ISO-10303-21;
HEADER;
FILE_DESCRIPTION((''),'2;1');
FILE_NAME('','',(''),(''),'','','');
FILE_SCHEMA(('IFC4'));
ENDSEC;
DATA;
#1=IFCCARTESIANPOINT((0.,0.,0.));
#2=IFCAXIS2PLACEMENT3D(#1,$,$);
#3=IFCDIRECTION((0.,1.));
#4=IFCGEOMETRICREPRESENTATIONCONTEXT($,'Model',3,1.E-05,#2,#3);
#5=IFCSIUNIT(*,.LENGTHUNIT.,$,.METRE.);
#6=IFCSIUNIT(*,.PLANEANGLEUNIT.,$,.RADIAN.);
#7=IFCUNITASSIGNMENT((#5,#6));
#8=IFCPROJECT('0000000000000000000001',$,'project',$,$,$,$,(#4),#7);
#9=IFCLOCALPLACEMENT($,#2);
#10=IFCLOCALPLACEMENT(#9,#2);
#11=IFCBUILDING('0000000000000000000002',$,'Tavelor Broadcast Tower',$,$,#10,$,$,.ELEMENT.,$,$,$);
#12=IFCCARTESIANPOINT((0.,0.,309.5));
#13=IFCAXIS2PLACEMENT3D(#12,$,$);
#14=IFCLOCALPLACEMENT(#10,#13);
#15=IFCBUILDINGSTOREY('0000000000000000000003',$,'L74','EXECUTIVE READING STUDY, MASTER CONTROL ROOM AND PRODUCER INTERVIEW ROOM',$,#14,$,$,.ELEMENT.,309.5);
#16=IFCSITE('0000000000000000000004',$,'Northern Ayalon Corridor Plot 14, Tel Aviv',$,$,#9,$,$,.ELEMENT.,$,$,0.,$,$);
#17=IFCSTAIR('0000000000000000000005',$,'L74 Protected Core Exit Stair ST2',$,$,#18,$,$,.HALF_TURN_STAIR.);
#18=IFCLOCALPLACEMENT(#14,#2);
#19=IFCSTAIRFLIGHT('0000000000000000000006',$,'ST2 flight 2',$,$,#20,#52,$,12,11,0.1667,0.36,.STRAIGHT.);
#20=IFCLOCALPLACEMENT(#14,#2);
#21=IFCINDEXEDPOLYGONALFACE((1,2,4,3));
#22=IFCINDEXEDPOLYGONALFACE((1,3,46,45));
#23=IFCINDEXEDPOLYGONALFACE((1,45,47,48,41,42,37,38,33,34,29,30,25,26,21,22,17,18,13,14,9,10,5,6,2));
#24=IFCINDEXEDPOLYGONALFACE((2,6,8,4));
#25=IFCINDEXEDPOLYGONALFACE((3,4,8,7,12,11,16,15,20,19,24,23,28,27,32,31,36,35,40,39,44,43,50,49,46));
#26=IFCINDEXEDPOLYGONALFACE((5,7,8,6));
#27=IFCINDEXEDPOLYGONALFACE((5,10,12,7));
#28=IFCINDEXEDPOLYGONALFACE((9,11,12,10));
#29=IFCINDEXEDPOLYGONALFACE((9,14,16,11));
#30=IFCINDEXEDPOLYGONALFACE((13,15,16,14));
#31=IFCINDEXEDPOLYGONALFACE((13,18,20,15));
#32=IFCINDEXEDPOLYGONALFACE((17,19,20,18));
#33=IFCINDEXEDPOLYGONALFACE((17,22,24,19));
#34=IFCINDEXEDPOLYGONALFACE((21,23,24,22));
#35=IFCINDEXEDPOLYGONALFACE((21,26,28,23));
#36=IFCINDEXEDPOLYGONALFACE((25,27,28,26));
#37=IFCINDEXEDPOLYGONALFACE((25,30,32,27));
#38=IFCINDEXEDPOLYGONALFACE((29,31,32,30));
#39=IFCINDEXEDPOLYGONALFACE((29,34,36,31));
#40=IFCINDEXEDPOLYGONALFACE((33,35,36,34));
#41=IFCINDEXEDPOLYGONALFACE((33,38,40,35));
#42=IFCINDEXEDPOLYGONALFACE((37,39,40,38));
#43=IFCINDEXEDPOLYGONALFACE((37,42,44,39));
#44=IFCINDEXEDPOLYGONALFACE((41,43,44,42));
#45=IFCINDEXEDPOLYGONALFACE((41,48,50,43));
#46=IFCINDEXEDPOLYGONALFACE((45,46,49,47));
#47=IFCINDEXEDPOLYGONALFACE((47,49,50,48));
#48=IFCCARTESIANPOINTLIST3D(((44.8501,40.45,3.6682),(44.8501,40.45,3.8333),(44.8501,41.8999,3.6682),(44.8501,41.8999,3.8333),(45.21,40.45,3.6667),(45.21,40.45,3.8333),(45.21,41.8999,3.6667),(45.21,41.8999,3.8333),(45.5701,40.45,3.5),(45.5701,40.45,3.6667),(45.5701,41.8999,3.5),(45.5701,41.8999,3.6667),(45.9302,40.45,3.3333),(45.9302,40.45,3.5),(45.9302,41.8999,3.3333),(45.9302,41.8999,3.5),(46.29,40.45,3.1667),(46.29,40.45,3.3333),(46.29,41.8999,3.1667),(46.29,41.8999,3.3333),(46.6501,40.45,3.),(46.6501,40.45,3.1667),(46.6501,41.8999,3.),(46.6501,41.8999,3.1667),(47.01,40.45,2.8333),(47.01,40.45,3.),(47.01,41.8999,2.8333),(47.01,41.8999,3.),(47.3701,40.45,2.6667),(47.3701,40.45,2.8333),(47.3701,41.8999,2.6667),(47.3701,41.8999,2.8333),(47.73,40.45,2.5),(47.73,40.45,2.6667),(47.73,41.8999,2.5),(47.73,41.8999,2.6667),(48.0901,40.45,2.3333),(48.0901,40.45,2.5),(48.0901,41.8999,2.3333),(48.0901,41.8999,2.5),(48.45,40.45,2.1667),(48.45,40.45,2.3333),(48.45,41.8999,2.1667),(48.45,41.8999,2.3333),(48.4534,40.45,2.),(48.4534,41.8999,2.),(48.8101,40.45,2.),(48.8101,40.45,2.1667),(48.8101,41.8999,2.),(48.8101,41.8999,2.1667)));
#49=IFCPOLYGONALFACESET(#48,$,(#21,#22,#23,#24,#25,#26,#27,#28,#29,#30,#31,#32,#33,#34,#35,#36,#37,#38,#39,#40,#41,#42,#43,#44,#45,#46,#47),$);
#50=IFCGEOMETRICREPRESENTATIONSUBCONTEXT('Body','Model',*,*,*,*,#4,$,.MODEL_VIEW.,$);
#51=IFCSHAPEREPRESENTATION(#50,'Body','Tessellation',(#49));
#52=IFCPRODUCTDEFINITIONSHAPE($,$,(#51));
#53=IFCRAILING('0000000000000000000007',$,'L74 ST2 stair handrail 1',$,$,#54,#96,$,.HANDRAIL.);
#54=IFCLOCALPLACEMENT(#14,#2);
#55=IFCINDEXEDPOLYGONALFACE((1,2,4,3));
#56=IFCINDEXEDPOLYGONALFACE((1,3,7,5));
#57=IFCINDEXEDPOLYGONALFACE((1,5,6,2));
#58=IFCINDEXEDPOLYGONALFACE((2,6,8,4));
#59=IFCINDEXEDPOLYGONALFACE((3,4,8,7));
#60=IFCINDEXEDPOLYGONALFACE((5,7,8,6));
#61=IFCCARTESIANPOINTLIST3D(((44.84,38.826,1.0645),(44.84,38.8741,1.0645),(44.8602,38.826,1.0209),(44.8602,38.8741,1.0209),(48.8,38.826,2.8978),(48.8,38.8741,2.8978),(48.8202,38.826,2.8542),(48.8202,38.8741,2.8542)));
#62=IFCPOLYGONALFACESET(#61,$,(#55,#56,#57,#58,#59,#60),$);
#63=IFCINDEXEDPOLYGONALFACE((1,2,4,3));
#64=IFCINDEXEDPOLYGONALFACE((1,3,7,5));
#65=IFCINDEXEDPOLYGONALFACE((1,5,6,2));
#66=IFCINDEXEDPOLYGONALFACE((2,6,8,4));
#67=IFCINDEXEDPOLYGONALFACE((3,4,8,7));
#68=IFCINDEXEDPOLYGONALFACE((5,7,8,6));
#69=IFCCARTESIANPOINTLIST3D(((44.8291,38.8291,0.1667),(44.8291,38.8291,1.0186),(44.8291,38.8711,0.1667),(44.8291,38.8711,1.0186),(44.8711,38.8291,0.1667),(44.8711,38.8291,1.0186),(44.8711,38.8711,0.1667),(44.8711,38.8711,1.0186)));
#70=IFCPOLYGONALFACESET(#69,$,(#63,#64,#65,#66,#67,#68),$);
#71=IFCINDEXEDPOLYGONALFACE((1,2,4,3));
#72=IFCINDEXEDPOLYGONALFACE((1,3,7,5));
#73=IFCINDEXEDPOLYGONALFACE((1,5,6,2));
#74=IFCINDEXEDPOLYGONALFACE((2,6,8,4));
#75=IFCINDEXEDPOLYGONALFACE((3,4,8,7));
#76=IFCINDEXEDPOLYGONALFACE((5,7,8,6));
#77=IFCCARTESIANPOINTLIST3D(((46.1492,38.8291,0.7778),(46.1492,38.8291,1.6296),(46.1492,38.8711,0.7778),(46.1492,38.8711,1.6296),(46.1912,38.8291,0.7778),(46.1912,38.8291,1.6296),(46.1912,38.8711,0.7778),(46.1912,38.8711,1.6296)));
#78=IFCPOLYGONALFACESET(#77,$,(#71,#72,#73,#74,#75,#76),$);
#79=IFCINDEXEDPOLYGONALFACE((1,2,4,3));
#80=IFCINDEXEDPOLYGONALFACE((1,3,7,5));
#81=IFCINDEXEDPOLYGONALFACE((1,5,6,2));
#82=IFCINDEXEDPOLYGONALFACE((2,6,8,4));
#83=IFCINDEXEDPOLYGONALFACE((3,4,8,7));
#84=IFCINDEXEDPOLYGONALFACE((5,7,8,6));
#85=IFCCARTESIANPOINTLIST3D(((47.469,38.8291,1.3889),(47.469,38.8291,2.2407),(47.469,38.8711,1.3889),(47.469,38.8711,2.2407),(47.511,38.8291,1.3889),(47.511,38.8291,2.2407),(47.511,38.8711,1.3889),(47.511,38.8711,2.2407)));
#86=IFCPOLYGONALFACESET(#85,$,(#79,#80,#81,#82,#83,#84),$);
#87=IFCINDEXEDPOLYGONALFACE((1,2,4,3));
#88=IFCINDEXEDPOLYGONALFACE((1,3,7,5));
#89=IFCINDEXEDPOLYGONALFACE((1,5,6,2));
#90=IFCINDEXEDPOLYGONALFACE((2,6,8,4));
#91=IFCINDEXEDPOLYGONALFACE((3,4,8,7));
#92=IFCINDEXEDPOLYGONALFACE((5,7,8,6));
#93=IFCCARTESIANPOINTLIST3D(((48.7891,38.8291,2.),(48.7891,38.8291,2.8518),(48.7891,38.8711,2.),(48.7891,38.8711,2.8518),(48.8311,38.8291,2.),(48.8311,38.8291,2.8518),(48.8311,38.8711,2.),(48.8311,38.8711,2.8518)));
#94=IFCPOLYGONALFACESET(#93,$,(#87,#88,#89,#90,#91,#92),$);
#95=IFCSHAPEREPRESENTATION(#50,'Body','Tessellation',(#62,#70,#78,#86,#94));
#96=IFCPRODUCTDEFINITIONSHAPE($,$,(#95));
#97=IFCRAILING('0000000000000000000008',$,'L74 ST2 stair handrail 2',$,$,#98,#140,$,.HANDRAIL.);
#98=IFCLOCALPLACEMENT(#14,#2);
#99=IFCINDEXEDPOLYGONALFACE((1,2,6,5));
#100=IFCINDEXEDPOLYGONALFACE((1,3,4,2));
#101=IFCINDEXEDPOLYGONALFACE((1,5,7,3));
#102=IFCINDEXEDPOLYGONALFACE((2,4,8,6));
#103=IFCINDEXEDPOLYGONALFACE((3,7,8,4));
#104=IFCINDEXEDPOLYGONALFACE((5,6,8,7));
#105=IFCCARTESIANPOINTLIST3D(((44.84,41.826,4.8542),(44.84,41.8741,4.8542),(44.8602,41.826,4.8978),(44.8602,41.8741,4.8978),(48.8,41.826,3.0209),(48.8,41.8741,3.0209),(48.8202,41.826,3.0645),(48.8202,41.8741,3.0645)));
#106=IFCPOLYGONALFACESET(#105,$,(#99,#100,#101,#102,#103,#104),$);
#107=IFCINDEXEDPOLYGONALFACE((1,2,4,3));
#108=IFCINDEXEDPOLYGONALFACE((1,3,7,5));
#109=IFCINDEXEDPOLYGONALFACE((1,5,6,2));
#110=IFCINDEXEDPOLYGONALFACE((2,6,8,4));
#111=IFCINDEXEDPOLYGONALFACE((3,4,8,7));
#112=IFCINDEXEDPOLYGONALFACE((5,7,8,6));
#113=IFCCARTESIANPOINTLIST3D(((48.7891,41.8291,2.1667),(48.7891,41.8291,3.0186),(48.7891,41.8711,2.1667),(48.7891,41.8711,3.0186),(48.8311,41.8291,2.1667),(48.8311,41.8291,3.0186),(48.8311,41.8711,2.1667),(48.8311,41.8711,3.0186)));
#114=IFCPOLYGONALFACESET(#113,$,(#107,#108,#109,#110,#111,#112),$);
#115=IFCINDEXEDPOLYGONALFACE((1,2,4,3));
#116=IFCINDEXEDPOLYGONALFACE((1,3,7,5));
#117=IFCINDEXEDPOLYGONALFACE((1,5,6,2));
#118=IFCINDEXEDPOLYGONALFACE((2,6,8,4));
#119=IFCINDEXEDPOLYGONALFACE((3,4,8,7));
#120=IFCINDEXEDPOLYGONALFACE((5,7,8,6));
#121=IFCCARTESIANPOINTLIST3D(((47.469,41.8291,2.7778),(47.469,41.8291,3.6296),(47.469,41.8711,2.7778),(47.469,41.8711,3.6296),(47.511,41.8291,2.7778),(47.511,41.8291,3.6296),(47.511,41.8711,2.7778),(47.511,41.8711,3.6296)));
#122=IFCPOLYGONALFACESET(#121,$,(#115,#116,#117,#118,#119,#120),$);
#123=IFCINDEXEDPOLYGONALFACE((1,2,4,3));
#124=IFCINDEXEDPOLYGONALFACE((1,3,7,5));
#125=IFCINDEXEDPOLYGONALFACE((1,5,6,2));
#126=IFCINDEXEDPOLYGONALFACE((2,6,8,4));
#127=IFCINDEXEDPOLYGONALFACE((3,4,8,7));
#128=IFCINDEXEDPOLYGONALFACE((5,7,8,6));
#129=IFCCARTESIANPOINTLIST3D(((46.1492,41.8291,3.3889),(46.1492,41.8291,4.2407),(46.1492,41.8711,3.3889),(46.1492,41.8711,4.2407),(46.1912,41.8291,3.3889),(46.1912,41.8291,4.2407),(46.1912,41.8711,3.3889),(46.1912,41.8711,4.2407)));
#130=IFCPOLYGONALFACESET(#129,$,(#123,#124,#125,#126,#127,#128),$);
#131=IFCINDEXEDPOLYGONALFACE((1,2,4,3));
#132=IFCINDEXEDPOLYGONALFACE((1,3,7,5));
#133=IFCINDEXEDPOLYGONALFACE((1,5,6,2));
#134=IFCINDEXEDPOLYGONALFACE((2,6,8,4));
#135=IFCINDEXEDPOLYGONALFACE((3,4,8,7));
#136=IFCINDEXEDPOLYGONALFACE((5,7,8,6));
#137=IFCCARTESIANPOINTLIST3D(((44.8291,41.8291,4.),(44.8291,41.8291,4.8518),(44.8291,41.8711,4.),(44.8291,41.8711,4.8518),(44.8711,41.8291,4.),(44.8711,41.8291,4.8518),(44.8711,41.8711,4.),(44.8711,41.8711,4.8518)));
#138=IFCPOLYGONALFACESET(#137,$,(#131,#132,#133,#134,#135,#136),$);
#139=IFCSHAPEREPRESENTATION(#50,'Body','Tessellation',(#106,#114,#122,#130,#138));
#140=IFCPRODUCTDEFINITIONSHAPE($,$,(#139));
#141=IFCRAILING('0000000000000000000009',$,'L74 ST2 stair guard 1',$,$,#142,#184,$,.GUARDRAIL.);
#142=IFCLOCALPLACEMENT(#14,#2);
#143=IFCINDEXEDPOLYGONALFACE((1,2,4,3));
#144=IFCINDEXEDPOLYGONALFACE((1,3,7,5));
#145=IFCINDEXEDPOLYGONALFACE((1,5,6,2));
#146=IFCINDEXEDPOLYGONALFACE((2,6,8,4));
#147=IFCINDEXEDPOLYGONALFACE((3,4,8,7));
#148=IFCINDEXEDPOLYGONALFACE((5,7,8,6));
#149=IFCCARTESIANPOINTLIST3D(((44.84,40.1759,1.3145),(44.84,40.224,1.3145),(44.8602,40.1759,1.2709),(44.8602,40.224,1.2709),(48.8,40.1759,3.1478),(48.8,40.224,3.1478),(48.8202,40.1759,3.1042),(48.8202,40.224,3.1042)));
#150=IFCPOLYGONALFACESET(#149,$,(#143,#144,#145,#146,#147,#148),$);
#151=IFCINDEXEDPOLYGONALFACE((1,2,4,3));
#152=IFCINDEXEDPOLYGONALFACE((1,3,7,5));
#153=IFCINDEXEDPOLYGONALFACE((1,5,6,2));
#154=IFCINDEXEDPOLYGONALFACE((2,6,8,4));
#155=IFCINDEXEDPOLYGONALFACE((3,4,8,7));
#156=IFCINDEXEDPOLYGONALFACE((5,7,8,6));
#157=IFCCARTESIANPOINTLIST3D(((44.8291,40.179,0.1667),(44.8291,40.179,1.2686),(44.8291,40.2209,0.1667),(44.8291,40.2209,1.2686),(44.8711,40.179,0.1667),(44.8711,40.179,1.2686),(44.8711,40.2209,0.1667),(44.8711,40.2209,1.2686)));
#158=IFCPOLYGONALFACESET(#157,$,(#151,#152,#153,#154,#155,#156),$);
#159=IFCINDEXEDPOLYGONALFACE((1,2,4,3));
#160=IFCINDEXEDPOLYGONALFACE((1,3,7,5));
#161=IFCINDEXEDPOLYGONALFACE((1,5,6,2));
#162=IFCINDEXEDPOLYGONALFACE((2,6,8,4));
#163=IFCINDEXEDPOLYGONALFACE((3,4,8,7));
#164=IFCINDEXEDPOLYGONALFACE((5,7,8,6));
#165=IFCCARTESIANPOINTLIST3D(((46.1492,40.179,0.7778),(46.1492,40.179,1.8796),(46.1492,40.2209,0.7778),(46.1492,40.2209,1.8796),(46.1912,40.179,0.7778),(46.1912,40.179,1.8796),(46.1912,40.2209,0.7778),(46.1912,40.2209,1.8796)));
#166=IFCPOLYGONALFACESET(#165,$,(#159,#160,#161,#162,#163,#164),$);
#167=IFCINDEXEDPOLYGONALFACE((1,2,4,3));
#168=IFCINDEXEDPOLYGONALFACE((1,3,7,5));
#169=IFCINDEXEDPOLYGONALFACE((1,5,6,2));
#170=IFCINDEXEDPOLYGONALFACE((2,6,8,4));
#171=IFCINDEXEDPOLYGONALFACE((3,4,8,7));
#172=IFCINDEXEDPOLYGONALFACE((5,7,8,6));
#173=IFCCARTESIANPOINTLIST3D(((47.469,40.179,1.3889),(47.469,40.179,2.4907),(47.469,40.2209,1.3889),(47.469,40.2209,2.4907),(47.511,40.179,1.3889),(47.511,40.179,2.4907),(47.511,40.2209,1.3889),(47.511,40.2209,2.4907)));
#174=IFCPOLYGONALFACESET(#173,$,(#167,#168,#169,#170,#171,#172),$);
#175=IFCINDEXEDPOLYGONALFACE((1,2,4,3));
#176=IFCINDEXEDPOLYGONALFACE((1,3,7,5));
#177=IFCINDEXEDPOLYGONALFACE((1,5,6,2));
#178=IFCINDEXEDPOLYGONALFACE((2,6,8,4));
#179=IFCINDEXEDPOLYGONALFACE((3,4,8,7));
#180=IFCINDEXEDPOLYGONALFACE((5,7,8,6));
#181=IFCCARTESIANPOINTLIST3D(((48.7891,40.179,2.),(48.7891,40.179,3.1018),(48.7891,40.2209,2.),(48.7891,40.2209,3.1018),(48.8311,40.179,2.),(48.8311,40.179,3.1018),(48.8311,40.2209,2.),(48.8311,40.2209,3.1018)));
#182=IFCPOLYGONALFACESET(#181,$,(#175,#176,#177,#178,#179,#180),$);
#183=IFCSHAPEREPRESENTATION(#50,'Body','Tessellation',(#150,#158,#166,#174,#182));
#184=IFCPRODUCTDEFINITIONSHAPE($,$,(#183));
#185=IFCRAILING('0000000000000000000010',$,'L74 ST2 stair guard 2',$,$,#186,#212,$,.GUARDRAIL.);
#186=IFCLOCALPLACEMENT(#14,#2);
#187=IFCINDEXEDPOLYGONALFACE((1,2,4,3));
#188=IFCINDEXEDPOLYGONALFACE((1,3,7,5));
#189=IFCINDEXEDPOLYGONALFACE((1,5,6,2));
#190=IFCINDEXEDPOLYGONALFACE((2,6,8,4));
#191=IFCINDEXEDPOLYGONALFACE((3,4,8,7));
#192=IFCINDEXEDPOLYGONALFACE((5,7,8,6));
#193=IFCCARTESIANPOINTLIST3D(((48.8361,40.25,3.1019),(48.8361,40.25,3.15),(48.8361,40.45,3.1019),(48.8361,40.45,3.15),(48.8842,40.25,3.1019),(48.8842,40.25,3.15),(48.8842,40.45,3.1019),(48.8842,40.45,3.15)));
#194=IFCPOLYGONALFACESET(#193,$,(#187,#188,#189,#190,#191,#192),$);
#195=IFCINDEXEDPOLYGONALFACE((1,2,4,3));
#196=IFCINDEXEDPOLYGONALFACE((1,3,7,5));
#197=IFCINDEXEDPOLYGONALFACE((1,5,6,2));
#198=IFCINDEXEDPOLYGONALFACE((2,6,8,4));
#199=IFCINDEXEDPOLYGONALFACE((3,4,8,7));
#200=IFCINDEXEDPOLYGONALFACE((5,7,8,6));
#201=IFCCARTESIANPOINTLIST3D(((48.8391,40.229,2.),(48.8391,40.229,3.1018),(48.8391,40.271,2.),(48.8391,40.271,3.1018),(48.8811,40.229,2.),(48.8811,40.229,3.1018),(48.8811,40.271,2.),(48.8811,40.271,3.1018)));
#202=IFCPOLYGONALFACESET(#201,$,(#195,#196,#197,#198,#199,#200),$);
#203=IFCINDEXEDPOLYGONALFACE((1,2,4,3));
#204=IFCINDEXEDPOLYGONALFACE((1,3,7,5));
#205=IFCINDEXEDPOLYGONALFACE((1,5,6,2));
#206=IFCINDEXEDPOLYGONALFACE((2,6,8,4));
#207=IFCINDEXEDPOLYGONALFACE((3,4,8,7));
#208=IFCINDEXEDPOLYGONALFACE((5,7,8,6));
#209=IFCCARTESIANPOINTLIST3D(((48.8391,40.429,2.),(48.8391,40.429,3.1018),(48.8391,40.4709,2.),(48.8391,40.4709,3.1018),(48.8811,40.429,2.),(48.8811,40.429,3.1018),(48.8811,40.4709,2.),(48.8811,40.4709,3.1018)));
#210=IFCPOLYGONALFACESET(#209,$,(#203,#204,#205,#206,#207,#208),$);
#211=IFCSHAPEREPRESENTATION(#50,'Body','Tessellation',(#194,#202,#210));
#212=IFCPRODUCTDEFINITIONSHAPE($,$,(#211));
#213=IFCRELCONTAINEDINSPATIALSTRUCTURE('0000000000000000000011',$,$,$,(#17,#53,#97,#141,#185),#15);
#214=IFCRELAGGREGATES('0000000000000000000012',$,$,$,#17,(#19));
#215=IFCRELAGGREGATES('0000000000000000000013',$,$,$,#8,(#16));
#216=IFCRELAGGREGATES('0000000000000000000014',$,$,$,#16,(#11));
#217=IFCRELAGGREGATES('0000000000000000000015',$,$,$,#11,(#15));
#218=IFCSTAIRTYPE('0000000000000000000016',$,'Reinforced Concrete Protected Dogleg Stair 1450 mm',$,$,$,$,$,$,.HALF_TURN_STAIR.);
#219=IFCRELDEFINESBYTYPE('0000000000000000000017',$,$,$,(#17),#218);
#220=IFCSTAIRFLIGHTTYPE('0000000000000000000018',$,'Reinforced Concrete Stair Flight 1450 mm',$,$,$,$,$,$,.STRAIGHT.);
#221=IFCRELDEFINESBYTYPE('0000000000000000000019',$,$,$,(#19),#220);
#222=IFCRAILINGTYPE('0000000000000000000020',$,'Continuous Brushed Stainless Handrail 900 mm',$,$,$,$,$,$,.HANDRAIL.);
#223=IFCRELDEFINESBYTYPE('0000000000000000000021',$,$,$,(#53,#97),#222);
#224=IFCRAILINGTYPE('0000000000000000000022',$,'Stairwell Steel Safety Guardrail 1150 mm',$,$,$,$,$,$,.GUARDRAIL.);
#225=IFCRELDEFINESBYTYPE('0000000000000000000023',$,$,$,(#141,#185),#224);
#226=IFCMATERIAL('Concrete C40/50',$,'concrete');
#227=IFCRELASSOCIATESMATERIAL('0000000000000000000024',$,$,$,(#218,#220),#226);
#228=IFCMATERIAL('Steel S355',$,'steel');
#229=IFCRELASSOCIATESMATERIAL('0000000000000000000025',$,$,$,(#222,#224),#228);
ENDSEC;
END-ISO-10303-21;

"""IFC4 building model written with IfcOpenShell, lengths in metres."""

from ifc_helpers import new_model, si_unit, direction, frame, origin, origin_2d, place, context, subcontext, project, spatial, polyline, rectangle, outline, extrude, material, type_object, element, aggregate, save


model = new_model("IFC4")

# Units and contexts
model_context = context("Model", 3, precision=1e-05, world=origin(), true_north=direction((0.0, 1.0)))
body_context = subcontext(model_context, "Body", "Model", "MODEL_VIEW")
ifc_project = project(units=[si_unit("LENGTHUNIT", "METRE"), si_unit("PLANEANGLEUNIT", "RADIAN")], contexts=[model_context])

# Site, building, storey
site_placement = place(None, origin())
site = spatial("IfcSite", under=ifc_project, at=site_placement, Name="Northern Ayalon Corridor Plot 14, Tel Aviv", CompositionType="ELEMENT", RefElevation=0.0)
building_placement = place(site_placement, origin())
building = spatial("IfcBuilding", under=site, at=building_placement, Name="Tavelor Broadcast Tower", CompositionType="ELEMENT")
storey_placement = place(building_placement, frame((0.0, 0.0, 309.5)))
storey = spatial("IfcBuildingStorey", under=building, at=storey_placement, Name="L74", Description="EXECUTIVE READING STUDY, MASTER CONTROL ROOM AND PRODUCER INTERVIEW ROOM", CompositionType="ELEMENT", Elevation=309.5)

# Shared definitions
ifc_material_1 = material(Name="Concrete C40/50", Category="concrete")
ifc_material_2 = material(Name="Steel S355", Category="steel")

# Stair, stair flight
stair_type = type_object("IfcStairType", Name="Reinforced Concrete Protected Dogleg Stair 1450 mm", PredefinedType="HALF_TURN_STAIR", material=ifc_material_1)
stair_placement = place(storey_placement, origin())
stair = element("IfcStair", 1, at=stair_placement, inside=storey, type_object=stair_type, Name="L74 Protected Core Exit Stair ST2", PredefinedType="HALF_TURN_STAIR")
stair_flight_type = type_object("IfcStairFlightType", Name="Reinforced Concrete Stair Flight 1450 mm", PredefinedType="STRAIGHT", material=ifc_material_1)
stair_flight_1_placement = place(storey_placement, frame((48.8101, 41.175, 2.0), z_axis=(0.0, 0.0, 1.0), x_axis=(-1.0, 0.0, 0.0)))
stair_flight_1 = element("IfcStairFlight", 2, at=stair_flight_1_placement, type_object=stair_flight_type, Name="ST2 flight 2", NumberOfRisers=12, NumberOfTreads=11, PredefinedType="STRAIGHT", RiserHeight=0.1667, TreadLength=0.36, context=body_context, shape_type="SweptSolid", body=[
    extrude(outline(polyline([(0.0, 0.0), (0.0, 0.1667), (0.3601, 0.1667), (0.3601, 0.3333), (0.72, 0.3333), (0.72, 0.5), (1.0801, 0.5), (1.0801, 0.6667), (1.4399, 0.6667), (1.4399, 0.8333), (1.8, 0.8333), (1.8, 1.0), (2.1599, 1.0), (2.1599, 1.1667), (2.52, 1.1667), (2.52, 1.3333), (2.8799, 1.3333), (2.8799, 1.5), (3.24, 1.5), (3.24, 1.6667), (3.6001, 1.6667), (3.6001, 1.8333), (3.96, 1.8333), (3.96, 2.0), (3.96, 1.6682), (0.3567, 0.0), (0.0, 0.0)])), frame((0.0, 0.7251, 0.0), z_axis=(0.0, -1.0, 0.0), x_axis=(1.0, 0.0, 0.0)), (0.0, 0.0, 1.0), 1.45),
])
aggregate(stair, [stair_flight_1])

# Railings
railing_type_1 = type_object("IfcRailingType", Name="Continuous Brushed Stainless Handrail 900 mm", PredefinedType="HANDRAIL", material=ifc_material_2)
railing_1_placement = place(storey_placement, frame((44.8501, 38.8501, 0.1667)))
element("IfcRailing", 3, at=railing_1_placement, inside=storey, type_object=railing_type_1, Name="L74 ST2 stair handrail 1", PredefinedType="HANDRAIL", context=body_context, shape_type="SweptSolid", body=[
    extrude(rectangle(XDim=0.0481, YDim=0.0481, at=origin_2d()), frame((0.0, 0.0, 0.876), z_axis=(0.907472, 0.0, 0.420112), x_axis=(0.0, 1.0, 0.0)), (0.0, 0.0, 1.0), 4.3638),
    extrude(rectangle(XDim=0.042, YDim=0.042, at=origin_2d()), origin(), (0.0, 0.0, 1.0), 0.8518),
    extrude(rectangle(XDim=0.042, YDim=0.042, at=origin_2d()), frame((1.3201, 0.0, 0.6111)), (0.0, 0.0, 1.0), 0.8518),
    extrude(rectangle(XDim=0.042, YDim=0.042, at=origin_2d()), frame((2.6399, 0.0, 1.2222)), (0.0, 0.0, 1.0), 0.8518),
    extrude(rectangle(XDim=0.042, YDim=0.042, at=origin_2d()), frame((3.96, 0.0, 1.8333)), (0.0, 0.0, 1.0), 0.8518),
])
railing_2_placement = place(storey_placement, frame((48.8101, 41.8501, 2.1667)))
element("IfcRailing", 4, at=railing_2_placement, inside=storey, type_object=railing_type_1, Name="L74 ST2 stair handrail 2", PredefinedType="HANDRAIL", context=body_context, shape_type="SweptSolid", body=[
    extrude(rectangle(XDim=0.0481, YDim=0.0481, at=origin_2d()), frame((0.0, 0.0, 0.876), z_axis=(-0.907472, 0.0, 0.420112), x_axis=(0.0, -1.0, 0.0)), (0.0, 0.0, 1.0), 4.3638),
    extrude(rectangle(XDim=0.042, YDim=0.042, at=origin_2d()), origin(), (0.0, 0.0, 1.0), 0.8518),
    extrude(rectangle(XDim=0.042, YDim=0.042, at=origin_2d()), frame((-1.3201, 0.0, 0.6111)), (0.0, 0.0, 1.0), 0.8518),
    extrude(rectangle(XDim=0.042, YDim=0.042, at=origin_2d()), frame((-2.6399, 0.0, 1.2222)), (0.0, 0.0, 1.0), 0.8518),
    extrude(rectangle(XDim=0.042, YDim=0.042, at=origin_2d()), frame((-3.96, 0.0, 1.8333)), (0.0, 0.0, 1.0), 0.8518),
])
railing_type_2 = type_object("IfcRailingType", Name="Stairwell Steel Safety Guardrail 1150 mm", PredefinedType="GUARDRAIL", material=ifc_material_2)
railing_3_placement = place(storey_placement, frame((44.8501, 40.2, 0.1667)))
element("IfcRailing", 5, at=railing_3_placement, inside=storey, type_object=railing_type_2, Name="L74 ST2 stair guard 1", PredefinedType="GUARDRAIL", context=body_context, shape_type="SweptSolid", body=[
    extrude(rectangle(XDim=0.0481, YDim=0.0481, at=origin_2d()), frame((0.0, 0.0, 1.126), z_axis=(0.907472, 0.0, 0.420112), x_axis=(0.0, 1.0, 0.0)), (0.0, 0.0, 1.0), 4.3638),
    extrude(rectangle(XDim=0.042, YDim=0.042, at=origin_2d()), origin(), (0.0, 0.0, 1.0), 1.1018),
    extrude(rectangle(XDim=0.042, YDim=0.042, at=origin_2d()), frame((1.3201, 0.0, 0.6111)), (0.0, 0.0, 1.0), 1.1018),
    extrude(rectangle(XDim=0.042, YDim=0.042, at=origin_2d()), frame((2.6399, 0.0, 1.2222)), (0.0, 0.0, 1.0), 1.1018),
    extrude(rectangle(XDim=0.042, YDim=0.042, at=origin_2d()), frame((3.96, 0.0, 1.8333)), (0.0, 0.0, 1.0), 1.1018),
])
railing_4_placement = place(storey_placement, frame((48.8601, 40.25, 2.0)))
element("IfcRailing", 6, at=railing_4_placement, inside=storey, type_object=railing_type_2, Name="L74 ST2 stair guard 2", PredefinedType="GUARDRAIL", context=body_context, shape_type="SweptSolid", body=[
    extrude(rectangle(XDim=0.0481, YDim=0.0481, at=origin_2d()), frame((0.0, 0.0, 1.126), z_axis=(0.0, 1.0, 0.0), x_axis=(-1.0, 0.0, 0.0)), (0.0, 0.0, 1.0), 0.2),
    extrude(rectangle(XDim=0.042, YDim=0.042, at=origin_2d()), origin(), (0.0, 0.0, 1.0), 1.1018),
    extrude(rectangle(XDim=0.042, YDim=0.042, at=origin_2d()), frame((0.0, 0.2, 0.0)), (0.0, 0.0, 1.0), 1.1018),
])

save(model, "model.ifc")
